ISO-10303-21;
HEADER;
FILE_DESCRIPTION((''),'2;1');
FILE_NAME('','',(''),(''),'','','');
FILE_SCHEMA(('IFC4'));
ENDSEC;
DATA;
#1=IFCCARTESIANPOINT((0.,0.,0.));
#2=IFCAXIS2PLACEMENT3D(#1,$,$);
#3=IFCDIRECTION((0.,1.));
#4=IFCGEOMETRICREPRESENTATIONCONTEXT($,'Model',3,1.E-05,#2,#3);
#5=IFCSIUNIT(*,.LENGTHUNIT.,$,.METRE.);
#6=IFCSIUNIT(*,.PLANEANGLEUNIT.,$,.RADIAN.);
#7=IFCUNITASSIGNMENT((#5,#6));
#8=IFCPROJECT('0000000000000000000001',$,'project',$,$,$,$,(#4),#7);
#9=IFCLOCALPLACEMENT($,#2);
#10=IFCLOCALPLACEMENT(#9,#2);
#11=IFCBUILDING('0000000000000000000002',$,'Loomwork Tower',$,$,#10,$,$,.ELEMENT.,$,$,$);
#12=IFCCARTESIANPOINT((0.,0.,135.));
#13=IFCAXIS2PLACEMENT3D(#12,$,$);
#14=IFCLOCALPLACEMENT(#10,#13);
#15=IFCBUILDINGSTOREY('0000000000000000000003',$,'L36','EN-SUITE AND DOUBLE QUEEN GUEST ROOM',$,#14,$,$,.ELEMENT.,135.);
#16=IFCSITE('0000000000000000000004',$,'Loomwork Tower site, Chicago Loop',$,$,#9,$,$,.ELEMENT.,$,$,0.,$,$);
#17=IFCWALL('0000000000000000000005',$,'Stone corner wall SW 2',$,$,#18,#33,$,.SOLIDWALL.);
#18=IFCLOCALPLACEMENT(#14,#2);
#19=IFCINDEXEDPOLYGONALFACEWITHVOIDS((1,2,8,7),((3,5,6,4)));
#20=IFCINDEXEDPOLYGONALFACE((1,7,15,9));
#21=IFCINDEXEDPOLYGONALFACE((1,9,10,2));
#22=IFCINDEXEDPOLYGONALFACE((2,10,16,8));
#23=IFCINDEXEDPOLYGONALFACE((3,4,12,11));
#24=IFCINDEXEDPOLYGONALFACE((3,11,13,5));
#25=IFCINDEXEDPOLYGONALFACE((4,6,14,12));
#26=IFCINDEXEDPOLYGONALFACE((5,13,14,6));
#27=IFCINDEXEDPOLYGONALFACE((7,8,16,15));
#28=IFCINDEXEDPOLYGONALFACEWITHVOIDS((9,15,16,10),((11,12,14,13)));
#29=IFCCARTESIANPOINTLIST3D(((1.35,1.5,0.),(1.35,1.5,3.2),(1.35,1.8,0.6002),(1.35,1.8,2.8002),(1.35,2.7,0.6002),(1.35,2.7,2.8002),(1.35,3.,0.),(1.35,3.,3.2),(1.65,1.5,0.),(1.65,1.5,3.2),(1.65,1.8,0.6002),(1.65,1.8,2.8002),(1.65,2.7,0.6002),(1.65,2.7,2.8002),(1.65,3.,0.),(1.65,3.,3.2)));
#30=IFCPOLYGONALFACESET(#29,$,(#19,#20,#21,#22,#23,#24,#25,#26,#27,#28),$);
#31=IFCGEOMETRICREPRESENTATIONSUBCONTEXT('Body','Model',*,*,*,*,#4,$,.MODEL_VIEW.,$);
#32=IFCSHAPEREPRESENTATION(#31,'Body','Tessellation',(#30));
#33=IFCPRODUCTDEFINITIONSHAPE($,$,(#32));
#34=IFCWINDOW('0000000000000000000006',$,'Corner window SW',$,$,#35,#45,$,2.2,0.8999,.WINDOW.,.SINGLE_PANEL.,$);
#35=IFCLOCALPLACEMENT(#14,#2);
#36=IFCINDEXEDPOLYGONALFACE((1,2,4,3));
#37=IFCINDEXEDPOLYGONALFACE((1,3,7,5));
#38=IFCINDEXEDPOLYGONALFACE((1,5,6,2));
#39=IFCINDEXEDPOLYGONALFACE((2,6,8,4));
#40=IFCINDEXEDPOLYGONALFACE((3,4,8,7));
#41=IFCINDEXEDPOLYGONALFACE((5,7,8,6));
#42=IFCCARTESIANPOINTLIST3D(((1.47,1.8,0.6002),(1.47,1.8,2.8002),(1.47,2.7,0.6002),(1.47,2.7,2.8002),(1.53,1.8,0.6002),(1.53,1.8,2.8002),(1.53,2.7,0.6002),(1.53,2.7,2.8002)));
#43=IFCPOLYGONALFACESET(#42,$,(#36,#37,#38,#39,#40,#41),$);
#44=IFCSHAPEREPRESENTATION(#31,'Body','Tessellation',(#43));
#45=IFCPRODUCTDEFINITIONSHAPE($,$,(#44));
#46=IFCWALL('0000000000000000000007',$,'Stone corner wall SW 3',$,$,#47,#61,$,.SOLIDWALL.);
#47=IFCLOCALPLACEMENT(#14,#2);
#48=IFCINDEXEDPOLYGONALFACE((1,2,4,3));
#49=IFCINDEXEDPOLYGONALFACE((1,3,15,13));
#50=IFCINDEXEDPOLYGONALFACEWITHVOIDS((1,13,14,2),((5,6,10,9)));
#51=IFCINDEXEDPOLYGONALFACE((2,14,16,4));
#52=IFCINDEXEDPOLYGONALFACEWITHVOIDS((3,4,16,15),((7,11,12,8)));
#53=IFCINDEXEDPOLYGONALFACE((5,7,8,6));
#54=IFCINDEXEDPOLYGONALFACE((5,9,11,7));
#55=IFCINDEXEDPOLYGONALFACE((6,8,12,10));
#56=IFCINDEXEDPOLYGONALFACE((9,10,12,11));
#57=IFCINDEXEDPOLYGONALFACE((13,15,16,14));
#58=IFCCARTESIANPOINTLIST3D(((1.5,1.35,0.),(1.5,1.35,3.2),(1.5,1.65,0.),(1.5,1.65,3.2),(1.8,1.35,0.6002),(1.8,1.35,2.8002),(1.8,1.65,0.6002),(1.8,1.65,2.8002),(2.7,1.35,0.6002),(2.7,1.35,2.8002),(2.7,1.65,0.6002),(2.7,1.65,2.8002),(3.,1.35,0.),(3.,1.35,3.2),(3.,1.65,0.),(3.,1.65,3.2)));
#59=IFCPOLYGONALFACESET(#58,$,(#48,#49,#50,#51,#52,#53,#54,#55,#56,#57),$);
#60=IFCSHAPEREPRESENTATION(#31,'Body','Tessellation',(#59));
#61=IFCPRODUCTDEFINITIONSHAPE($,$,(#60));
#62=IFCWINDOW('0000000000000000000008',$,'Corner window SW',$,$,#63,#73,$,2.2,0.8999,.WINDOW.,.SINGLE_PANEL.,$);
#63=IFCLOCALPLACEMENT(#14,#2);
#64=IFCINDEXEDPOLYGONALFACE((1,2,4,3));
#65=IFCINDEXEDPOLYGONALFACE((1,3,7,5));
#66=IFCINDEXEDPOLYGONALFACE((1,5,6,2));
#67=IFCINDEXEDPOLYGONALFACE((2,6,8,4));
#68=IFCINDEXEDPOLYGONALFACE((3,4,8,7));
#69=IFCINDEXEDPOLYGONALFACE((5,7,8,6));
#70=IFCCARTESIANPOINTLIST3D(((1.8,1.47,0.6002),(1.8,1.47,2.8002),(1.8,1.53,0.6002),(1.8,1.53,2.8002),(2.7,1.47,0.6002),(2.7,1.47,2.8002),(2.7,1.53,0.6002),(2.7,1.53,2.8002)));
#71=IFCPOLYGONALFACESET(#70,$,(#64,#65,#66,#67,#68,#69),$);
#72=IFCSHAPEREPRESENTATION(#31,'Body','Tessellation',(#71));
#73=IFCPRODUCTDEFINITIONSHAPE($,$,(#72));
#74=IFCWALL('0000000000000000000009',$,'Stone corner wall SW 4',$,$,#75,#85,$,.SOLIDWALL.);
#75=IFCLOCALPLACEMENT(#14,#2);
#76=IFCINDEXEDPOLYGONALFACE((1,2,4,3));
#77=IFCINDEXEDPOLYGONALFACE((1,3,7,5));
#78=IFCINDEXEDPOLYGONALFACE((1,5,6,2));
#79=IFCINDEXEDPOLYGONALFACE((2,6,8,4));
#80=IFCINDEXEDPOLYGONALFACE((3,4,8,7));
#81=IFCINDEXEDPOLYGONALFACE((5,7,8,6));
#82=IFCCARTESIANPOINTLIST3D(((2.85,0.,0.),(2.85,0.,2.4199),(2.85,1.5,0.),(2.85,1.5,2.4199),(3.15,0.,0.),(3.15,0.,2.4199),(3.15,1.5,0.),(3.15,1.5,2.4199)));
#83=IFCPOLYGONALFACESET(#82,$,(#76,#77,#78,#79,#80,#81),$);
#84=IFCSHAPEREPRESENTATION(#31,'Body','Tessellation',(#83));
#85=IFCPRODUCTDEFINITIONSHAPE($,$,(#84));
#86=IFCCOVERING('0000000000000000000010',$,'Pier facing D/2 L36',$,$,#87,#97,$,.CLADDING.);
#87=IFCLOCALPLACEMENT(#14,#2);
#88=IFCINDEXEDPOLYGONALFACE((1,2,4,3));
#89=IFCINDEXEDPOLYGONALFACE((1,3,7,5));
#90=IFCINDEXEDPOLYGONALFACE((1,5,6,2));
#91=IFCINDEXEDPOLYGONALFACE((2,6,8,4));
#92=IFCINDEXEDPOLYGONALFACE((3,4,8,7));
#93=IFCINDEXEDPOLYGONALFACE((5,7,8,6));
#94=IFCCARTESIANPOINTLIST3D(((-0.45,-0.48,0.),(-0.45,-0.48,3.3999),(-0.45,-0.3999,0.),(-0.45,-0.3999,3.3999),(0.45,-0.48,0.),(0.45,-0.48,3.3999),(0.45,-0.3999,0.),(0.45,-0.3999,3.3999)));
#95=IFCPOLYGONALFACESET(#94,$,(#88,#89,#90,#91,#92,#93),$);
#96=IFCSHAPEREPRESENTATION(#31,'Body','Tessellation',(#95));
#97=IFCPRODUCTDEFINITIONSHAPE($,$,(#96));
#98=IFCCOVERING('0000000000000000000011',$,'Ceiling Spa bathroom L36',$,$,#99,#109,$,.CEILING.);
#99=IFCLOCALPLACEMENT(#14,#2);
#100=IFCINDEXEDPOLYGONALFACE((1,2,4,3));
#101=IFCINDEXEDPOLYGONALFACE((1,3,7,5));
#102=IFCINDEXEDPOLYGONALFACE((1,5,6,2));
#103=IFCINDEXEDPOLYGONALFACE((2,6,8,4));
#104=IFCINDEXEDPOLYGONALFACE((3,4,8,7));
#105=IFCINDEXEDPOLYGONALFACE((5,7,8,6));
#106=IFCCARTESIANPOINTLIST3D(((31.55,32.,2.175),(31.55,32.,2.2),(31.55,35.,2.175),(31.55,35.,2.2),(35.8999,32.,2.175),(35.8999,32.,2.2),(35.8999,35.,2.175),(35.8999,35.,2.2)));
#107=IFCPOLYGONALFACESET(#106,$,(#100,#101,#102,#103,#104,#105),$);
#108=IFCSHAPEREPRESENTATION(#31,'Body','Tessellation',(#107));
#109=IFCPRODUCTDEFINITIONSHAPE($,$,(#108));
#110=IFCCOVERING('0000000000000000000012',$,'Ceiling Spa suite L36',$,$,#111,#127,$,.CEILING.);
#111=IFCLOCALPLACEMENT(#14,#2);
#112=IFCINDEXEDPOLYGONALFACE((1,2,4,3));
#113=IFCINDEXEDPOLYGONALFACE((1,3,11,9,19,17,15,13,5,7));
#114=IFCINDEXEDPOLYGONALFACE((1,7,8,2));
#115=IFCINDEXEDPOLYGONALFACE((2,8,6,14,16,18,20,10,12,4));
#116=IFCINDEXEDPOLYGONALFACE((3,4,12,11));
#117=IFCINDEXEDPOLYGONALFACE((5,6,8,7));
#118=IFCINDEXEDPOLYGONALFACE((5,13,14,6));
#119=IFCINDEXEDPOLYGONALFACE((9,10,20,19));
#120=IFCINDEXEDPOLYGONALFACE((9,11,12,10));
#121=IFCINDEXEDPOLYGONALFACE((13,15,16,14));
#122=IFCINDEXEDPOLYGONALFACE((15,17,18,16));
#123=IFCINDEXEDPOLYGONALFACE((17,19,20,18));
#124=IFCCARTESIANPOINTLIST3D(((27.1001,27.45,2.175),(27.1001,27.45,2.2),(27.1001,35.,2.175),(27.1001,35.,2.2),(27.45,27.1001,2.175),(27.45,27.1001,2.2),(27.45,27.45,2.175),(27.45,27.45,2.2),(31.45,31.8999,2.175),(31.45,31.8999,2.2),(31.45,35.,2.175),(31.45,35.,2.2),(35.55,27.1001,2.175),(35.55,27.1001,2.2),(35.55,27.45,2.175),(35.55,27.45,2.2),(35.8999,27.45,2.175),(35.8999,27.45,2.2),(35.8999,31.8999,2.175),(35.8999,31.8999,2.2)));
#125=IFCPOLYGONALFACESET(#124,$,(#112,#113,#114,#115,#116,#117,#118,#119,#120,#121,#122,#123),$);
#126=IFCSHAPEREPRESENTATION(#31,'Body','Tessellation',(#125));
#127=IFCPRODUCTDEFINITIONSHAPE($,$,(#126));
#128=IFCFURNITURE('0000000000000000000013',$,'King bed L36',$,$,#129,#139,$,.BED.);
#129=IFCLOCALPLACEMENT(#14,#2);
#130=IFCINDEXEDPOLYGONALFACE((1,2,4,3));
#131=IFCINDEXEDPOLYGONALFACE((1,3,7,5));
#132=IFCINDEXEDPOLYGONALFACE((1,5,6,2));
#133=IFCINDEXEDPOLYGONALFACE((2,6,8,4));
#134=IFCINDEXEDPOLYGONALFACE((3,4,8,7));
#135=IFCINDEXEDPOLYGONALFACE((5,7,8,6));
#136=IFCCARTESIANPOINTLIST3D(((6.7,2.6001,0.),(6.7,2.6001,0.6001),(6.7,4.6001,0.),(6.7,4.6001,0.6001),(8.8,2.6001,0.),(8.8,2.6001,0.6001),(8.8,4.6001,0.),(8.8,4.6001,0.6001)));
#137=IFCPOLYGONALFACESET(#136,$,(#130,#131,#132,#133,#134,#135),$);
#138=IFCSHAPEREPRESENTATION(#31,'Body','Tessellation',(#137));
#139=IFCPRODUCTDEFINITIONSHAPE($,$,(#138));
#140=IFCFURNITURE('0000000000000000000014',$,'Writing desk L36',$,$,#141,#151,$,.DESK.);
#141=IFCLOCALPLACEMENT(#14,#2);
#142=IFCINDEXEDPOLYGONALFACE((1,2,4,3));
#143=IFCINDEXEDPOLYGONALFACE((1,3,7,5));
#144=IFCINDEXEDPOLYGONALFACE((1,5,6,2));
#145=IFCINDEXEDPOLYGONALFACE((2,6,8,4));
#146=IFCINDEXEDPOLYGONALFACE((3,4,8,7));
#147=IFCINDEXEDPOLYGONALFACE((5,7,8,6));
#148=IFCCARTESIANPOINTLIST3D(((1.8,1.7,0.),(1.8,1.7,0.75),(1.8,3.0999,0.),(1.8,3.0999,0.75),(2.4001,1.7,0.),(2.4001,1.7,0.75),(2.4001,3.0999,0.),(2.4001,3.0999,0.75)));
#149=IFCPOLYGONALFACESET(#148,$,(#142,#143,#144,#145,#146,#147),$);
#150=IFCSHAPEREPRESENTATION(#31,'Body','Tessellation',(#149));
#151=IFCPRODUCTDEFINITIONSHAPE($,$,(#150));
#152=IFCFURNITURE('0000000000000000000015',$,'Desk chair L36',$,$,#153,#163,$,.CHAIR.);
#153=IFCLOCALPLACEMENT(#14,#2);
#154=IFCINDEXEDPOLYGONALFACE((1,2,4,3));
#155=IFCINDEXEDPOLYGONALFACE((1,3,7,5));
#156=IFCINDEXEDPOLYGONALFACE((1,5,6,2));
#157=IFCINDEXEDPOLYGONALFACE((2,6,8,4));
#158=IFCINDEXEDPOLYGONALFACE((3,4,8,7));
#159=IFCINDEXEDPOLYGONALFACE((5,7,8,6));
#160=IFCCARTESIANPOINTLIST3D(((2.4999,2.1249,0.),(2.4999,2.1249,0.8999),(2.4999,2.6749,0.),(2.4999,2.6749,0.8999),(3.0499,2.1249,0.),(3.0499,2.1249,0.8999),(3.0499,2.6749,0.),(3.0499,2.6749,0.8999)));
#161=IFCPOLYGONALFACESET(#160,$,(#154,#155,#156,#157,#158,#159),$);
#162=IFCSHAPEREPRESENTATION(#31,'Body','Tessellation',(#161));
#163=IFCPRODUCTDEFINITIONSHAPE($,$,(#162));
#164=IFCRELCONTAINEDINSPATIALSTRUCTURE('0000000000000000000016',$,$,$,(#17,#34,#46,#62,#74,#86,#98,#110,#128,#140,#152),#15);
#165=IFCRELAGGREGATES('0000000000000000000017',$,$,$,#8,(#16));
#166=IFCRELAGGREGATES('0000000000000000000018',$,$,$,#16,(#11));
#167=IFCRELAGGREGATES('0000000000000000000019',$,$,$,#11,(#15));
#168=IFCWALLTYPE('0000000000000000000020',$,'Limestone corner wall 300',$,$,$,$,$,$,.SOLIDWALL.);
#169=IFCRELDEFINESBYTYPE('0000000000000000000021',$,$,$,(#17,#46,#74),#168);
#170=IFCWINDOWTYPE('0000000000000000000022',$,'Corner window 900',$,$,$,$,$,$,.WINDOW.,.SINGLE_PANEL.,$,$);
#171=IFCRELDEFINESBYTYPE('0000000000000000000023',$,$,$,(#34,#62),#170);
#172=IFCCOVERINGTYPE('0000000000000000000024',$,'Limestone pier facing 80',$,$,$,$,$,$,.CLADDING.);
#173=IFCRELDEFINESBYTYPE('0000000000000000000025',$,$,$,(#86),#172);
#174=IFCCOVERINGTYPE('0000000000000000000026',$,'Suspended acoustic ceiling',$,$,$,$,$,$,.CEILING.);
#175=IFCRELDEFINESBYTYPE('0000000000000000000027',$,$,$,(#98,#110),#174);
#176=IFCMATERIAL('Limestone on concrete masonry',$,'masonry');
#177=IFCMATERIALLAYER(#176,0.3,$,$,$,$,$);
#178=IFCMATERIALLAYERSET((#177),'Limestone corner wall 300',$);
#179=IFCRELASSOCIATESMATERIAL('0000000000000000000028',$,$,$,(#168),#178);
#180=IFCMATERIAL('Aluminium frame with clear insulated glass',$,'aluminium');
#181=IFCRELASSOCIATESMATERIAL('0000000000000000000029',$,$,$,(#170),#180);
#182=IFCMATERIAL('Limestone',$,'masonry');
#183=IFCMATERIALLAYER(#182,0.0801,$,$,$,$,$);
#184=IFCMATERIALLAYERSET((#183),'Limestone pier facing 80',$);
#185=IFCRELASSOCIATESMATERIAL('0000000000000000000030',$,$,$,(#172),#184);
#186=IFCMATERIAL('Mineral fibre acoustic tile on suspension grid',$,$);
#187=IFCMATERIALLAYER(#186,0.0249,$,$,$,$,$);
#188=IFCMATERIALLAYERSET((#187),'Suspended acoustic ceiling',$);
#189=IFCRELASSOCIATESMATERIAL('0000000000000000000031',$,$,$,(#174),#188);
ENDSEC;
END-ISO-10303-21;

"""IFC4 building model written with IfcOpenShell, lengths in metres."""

from ifc_helpers import new_model, si_unit, direction, frame, frame_2d, origin, origin_2d, place, context, subcontext, project, spatial, polyline, rectangle, outline, extrude, material, layer, layer_set, type_object, element, fill, save


model = new_model("IFC4")

# Units and contexts
model_context = context("Model", 3, precision=1e-05, world=origin(), true_north=direction((0.0, 1.0)))
body_context = subcontext(model_context, "Body", "Model", "MODEL_VIEW")
ifc_project = project(units=[si_unit("LENGTHUNIT", "METRE"), si_unit("PLANEANGLEUNIT", "RADIAN")], contexts=[model_context])

# Site, building, storey
site_placement = place(None, origin())
site = spatial("IfcSite", under=ifc_project, at=site_placement, Name="Loomwork Tower site, Chicago Loop", CompositionType="ELEMENT", RefElevation=0.0)
building_placement = place(site_placement, origin())
building = spatial("IfcBuilding", under=site, at=building_placement, Name="Loomwork Tower", CompositionType="ELEMENT")
storey_placement = place(building_placement, frame((0.0, 0.0, 135.0)))
storey = spatial("IfcBuildingStorey", under=building, at=storey_placement, Name="L36", Description="EN-SUITE AND DOUBLE QUEEN GUEST ROOM", CompositionType="ELEMENT", Elevation=135.0)

# Shared definitions
ifc_material_1 = material(Name="Limestone on concrete masonry", Category="masonry")
ifc_layer_1 = layer(ifc_material_1, 0.3)
ifc_layer_set_1 = layer_set([ifc_layer_1], Name="Limestone corner wall 300")
wall_type_1 = type_object("IfcWallType", Name="Limestone corner wall 300", PredefinedType="SOLIDWALL", material=ifc_layer_set_1)

# Walls, openings, windows
wall_1_placement = place(storey_placement, frame((1.5, 3.0, 0.0), z_axis=(0.0, 0.0, 1.0), x_axis=(0.0, -1.0, 0.0)))
wall_1 = element("IfcWall", 1, at=wall_1_placement, inside=storey, type_object=wall_type_1, Name="Stone corner wall SW 2", PredefinedType="SOLIDWALL", context=body_context, shape_type="SweptSolid", body=[
    extrude(rectangle(XDim=1.5, YDim=0.3, at=frame_2d((0.75, 0.0))), origin(), (0.0, 0.0, 1.0), 3.2),
])
opening_1_placement = place(wall_1_placement, frame((0.3, 0.0, 0.6001)))
opening_1 = element("IfcOpeningElement", 2, at=opening_1_placement, cuts=wall_1, PredefinedType="OPENING", context=body_context, shape_type="SweptSolid", body=[
    extrude(rectangle(XDim=0.8999, YDim=2.2, at=frame_2d((0.45, 1.1001))), frame((0.0, 0.1599, 0.0), z_axis=(0.0, -1.0, 0.0), x_axis=(1.0, 0.0, 0.0)), (0.0, 0.0, 1.0), 0.3201),
])
ifc_material_2 = material(Name="Aluminium frame with clear insulated glass", Category="aluminium")
window_type_1 = type_object("IfcWindowType", Name="Corner window 900", PartitioningType="SINGLE_PANEL", PredefinedType="WINDOW", material=ifc_material_2)
window_1_placement = place(opening_1_placement, origin())
window_1 = element("IfcWindow", 3, at=window_1_placement, inside=storey, type_object=window_type_1, Name="Corner window SW", OverallHeight=2.2, OverallWidth=0.8999, PartitioningType="SINGLE_PANEL", PredefinedType="WINDOW", context=body_context, shape_type="SweptSolid", body=[
    extrude(rectangle(XDim=0.8999, YDim=2.2, at=frame_2d((0.45, 1.1001))), frame((0.0, 0.03, 0.0), z_axis=(0.0, -1.0, 0.0), x_axis=(1.0, 0.0, 0.0)), (0.0, 0.0, 1.0), 0.0601),
])
fill(opening_1, window_1)
wall_2_placement = place(storey_placement, frame((1.5, 1.5, 0.0), z_axis=(0.0, 0.0, 1.0), x_axis=(1.0, 0.0, 0.0)))
wall_2 = element("IfcWall", 4, at=wall_2_placement, inside=storey, type_object=wall_type_1, Name="Stone corner wall SW 3", PredefinedType="SOLIDWALL", context=body_context, shape_type="SweptSolid", body=[
    extrude(rectangle(XDim=1.5, YDim=0.3, at=frame_2d((0.75, 0.0))), origin(), (0.0, 0.0, 1.0), 3.2),
])
opening_2_placement = place(wall_2_placement, frame((0.3, 0.0, 0.6001)))
opening_2 = element("IfcOpeningElement", 5, at=opening_2_placement, cuts=wall_2, PredefinedType="OPENING", context=body_context, shape_type="SweptSolid", body=[
    extrude(rectangle(XDim=0.8999, YDim=2.2, at=frame_2d((0.45, 1.1001))), frame((0.0, 0.1599, 0.0), z_axis=(0.0, -1.0, 0.0), x_axis=(1.0, 0.0, 0.0)), (0.0, 0.0, 1.0), 0.3201),
])
window_2_placement = place(opening_2_placement, origin())
window_2 = element("IfcWindow", 6, at=window_2_placement, inside=storey, type_object=window_type_1, Name="Corner window SW", OverallHeight=2.2, OverallWidth=0.8999, PartitioningType="SINGLE_PANEL", PredefinedType="WINDOW", context=body_context, shape_type="SweptSolid", body=[
    extrude(rectangle(XDim=0.8999, YDim=2.2, at=frame_2d((0.45, 1.1001))), frame((0.0, 0.03, 0.0), z_axis=(0.0, -1.0, 0.0), x_axis=(1.0, 0.0, 0.0)), (0.0, 0.0, 1.0), 0.0601),
])
fill(opening_2, window_2)

# Wall
wall_3_placement = place(storey_placement, frame((3.0, 1.5, 0.0), z_axis=(0.0, 0.0, 1.0), x_axis=(0.0, -1.0, 0.0)))
element("IfcWall", 7, at=wall_3_placement, inside=storey, type_object=wall_type_1, Name="Stone corner wall SW 4", PredefinedType="SOLIDWALL", context=body_context, shape_type="SweptSolid", body=[
    extrude(rectangle(XDim=1.5, YDim=0.3, at=frame_2d((0.75, 0.0))), origin(), (0.0, 0.0, 1.0), 2.4199),
])

# Coverings
ifc_material_3 = material(Name="Limestone", Category="masonry")
ifc_layer_2 = layer(ifc_material_3, 0.0801)
ifc_layer_set_2 = layer_set([ifc_layer_2], Name="Limestone pier facing 80")
covering_type_1 = type_object("IfcCoveringType", Name="Limestone pier facing 80", PredefinedType="CLADDING", material=ifc_layer_set_2)
covering_1_placement = place(storey_placement, frame((0.0, -0.4399, 0.0), z_axis=(0.0, 0.0, 1.0), x_axis=(1.0, 0.0, 0.0)))
element("IfcCovering", 8, at=covering_1_placement, inside=storey, type_object=covering_type_1, Name="Pier facing D/2 L36", PredefinedType="CLADDING", context=body_context, shape_type="SweptSolid", body=[
    extrude(rectangle(XDim=0.8999, YDim=0.0801, at=origin_2d()), origin(), (0.0, 0.0, 1.0), 3.3999),
])
ifc_material_4 = material(Name="Mineral fibre acoustic tile on suspension grid")
ifc_layer_3 = layer(ifc_material_4, 0.0249)
ifc_layer_set_3 = layer_set([ifc_layer_3], Name="Suspended acoustic ceiling")
covering_type_2 = type_object("IfcCoveringType", Name="Suspended acoustic ceiling", PredefinedType="CEILING", material=ifc_layer_set_3)
covering_2_placement = place(storey_placement, frame((0.0, 0.0, 2.175)))
element("IfcCovering", 9, at=covering_2_placement, inside=storey, type_object=covering_type_2, Name="Ceiling Spa bathroom L36", PredefinedType="CEILING", context=body_context, shape_type="SweptSolid", body=[
    extrude(outline(polyline([(31.55, 35.0), (35.8999, 35.0), (35.8999, 32.0), (31.55, 32.0), (31.55, 35.0)])), origin(), (0.0, 0.0, 1.0), 0.0249),
])
covering_3_placement = place(storey_placement, frame((0.0, 0.0, 2.175)))
element("IfcCovering", 10, at=covering_3_placement, inside=storey, type_object=covering_type_2, Name="Ceiling Spa suite L36", PredefinedType="CEILING", context=body_context, shape_type="SweptSolid", body=[
    extrude(outline(polyline([(27.1001, 35.0), (31.45, 35.0), (31.45, 31.8999), (35.8999, 31.8999), (35.8999, 27.45), (35.55, 27.45), (35.55, 27.1001), (27.45, 27.1001), (27.45, 27.45), (27.1001, 27.45), (27.1001, 35.0)])), origin(), (0.0, 0.0, 1.0), 0.0249),
])

# Furniture
furniture_1_placement = place(storey_placement, frame((7.75, 3.6001, 0.0), z_axis=(0.0, 0.0, 1.0), x_axis=(1.0, 0.0, 0.0)))
element("IfcFurniture", 11, at=furniture_1_placement, inside=storey, Name="King bed L36", PredefinedType="BED", context=body_context, shape_type="SweptSolid", body=[
    extrude(rectangle(XDim=2.1001, YDim=2.0, at=origin_2d()), origin(), (0.0, 0.0, 1.0), 0.6001),
])
furniture_2_placement = place(storey_placement, frame((2.1001, 2.3999, 0.0), z_axis=(0.0, 0.0, 1.0), x_axis=(1.0, 0.0, 0.0)))
element("IfcFurniture", 12, at=furniture_2_placement, inside=storey, Name="Writing desk L36", PredefinedType="DESK", context=body_context, shape_type="SweptSolid", body=[
    extrude(rectangle(XDim=0.6001, YDim=1.3999, at=origin_2d()), origin(), (0.0, 0.0, 1.0), 0.75),
])
furniture_3_placement = place(storey_placement, frame((2.7749, 2.3999, 0.0), z_axis=(0.0, 0.0, 1.0), x_axis=(1.0, 0.0, 0.0)))
element("IfcFurniture", 13, at=furniture_3_placement, inside=storey, Name="Desk chair L36", PredefinedType="CHAIR", context=body_context, shape_type="SweptSolid", body=[
    extrude(rectangle(XDim=0.55, YDim=0.55, at=origin_2d()), origin(), (0.0, 0.0, 1.0), 0.8999),
])

save(model, "model.ifc")
